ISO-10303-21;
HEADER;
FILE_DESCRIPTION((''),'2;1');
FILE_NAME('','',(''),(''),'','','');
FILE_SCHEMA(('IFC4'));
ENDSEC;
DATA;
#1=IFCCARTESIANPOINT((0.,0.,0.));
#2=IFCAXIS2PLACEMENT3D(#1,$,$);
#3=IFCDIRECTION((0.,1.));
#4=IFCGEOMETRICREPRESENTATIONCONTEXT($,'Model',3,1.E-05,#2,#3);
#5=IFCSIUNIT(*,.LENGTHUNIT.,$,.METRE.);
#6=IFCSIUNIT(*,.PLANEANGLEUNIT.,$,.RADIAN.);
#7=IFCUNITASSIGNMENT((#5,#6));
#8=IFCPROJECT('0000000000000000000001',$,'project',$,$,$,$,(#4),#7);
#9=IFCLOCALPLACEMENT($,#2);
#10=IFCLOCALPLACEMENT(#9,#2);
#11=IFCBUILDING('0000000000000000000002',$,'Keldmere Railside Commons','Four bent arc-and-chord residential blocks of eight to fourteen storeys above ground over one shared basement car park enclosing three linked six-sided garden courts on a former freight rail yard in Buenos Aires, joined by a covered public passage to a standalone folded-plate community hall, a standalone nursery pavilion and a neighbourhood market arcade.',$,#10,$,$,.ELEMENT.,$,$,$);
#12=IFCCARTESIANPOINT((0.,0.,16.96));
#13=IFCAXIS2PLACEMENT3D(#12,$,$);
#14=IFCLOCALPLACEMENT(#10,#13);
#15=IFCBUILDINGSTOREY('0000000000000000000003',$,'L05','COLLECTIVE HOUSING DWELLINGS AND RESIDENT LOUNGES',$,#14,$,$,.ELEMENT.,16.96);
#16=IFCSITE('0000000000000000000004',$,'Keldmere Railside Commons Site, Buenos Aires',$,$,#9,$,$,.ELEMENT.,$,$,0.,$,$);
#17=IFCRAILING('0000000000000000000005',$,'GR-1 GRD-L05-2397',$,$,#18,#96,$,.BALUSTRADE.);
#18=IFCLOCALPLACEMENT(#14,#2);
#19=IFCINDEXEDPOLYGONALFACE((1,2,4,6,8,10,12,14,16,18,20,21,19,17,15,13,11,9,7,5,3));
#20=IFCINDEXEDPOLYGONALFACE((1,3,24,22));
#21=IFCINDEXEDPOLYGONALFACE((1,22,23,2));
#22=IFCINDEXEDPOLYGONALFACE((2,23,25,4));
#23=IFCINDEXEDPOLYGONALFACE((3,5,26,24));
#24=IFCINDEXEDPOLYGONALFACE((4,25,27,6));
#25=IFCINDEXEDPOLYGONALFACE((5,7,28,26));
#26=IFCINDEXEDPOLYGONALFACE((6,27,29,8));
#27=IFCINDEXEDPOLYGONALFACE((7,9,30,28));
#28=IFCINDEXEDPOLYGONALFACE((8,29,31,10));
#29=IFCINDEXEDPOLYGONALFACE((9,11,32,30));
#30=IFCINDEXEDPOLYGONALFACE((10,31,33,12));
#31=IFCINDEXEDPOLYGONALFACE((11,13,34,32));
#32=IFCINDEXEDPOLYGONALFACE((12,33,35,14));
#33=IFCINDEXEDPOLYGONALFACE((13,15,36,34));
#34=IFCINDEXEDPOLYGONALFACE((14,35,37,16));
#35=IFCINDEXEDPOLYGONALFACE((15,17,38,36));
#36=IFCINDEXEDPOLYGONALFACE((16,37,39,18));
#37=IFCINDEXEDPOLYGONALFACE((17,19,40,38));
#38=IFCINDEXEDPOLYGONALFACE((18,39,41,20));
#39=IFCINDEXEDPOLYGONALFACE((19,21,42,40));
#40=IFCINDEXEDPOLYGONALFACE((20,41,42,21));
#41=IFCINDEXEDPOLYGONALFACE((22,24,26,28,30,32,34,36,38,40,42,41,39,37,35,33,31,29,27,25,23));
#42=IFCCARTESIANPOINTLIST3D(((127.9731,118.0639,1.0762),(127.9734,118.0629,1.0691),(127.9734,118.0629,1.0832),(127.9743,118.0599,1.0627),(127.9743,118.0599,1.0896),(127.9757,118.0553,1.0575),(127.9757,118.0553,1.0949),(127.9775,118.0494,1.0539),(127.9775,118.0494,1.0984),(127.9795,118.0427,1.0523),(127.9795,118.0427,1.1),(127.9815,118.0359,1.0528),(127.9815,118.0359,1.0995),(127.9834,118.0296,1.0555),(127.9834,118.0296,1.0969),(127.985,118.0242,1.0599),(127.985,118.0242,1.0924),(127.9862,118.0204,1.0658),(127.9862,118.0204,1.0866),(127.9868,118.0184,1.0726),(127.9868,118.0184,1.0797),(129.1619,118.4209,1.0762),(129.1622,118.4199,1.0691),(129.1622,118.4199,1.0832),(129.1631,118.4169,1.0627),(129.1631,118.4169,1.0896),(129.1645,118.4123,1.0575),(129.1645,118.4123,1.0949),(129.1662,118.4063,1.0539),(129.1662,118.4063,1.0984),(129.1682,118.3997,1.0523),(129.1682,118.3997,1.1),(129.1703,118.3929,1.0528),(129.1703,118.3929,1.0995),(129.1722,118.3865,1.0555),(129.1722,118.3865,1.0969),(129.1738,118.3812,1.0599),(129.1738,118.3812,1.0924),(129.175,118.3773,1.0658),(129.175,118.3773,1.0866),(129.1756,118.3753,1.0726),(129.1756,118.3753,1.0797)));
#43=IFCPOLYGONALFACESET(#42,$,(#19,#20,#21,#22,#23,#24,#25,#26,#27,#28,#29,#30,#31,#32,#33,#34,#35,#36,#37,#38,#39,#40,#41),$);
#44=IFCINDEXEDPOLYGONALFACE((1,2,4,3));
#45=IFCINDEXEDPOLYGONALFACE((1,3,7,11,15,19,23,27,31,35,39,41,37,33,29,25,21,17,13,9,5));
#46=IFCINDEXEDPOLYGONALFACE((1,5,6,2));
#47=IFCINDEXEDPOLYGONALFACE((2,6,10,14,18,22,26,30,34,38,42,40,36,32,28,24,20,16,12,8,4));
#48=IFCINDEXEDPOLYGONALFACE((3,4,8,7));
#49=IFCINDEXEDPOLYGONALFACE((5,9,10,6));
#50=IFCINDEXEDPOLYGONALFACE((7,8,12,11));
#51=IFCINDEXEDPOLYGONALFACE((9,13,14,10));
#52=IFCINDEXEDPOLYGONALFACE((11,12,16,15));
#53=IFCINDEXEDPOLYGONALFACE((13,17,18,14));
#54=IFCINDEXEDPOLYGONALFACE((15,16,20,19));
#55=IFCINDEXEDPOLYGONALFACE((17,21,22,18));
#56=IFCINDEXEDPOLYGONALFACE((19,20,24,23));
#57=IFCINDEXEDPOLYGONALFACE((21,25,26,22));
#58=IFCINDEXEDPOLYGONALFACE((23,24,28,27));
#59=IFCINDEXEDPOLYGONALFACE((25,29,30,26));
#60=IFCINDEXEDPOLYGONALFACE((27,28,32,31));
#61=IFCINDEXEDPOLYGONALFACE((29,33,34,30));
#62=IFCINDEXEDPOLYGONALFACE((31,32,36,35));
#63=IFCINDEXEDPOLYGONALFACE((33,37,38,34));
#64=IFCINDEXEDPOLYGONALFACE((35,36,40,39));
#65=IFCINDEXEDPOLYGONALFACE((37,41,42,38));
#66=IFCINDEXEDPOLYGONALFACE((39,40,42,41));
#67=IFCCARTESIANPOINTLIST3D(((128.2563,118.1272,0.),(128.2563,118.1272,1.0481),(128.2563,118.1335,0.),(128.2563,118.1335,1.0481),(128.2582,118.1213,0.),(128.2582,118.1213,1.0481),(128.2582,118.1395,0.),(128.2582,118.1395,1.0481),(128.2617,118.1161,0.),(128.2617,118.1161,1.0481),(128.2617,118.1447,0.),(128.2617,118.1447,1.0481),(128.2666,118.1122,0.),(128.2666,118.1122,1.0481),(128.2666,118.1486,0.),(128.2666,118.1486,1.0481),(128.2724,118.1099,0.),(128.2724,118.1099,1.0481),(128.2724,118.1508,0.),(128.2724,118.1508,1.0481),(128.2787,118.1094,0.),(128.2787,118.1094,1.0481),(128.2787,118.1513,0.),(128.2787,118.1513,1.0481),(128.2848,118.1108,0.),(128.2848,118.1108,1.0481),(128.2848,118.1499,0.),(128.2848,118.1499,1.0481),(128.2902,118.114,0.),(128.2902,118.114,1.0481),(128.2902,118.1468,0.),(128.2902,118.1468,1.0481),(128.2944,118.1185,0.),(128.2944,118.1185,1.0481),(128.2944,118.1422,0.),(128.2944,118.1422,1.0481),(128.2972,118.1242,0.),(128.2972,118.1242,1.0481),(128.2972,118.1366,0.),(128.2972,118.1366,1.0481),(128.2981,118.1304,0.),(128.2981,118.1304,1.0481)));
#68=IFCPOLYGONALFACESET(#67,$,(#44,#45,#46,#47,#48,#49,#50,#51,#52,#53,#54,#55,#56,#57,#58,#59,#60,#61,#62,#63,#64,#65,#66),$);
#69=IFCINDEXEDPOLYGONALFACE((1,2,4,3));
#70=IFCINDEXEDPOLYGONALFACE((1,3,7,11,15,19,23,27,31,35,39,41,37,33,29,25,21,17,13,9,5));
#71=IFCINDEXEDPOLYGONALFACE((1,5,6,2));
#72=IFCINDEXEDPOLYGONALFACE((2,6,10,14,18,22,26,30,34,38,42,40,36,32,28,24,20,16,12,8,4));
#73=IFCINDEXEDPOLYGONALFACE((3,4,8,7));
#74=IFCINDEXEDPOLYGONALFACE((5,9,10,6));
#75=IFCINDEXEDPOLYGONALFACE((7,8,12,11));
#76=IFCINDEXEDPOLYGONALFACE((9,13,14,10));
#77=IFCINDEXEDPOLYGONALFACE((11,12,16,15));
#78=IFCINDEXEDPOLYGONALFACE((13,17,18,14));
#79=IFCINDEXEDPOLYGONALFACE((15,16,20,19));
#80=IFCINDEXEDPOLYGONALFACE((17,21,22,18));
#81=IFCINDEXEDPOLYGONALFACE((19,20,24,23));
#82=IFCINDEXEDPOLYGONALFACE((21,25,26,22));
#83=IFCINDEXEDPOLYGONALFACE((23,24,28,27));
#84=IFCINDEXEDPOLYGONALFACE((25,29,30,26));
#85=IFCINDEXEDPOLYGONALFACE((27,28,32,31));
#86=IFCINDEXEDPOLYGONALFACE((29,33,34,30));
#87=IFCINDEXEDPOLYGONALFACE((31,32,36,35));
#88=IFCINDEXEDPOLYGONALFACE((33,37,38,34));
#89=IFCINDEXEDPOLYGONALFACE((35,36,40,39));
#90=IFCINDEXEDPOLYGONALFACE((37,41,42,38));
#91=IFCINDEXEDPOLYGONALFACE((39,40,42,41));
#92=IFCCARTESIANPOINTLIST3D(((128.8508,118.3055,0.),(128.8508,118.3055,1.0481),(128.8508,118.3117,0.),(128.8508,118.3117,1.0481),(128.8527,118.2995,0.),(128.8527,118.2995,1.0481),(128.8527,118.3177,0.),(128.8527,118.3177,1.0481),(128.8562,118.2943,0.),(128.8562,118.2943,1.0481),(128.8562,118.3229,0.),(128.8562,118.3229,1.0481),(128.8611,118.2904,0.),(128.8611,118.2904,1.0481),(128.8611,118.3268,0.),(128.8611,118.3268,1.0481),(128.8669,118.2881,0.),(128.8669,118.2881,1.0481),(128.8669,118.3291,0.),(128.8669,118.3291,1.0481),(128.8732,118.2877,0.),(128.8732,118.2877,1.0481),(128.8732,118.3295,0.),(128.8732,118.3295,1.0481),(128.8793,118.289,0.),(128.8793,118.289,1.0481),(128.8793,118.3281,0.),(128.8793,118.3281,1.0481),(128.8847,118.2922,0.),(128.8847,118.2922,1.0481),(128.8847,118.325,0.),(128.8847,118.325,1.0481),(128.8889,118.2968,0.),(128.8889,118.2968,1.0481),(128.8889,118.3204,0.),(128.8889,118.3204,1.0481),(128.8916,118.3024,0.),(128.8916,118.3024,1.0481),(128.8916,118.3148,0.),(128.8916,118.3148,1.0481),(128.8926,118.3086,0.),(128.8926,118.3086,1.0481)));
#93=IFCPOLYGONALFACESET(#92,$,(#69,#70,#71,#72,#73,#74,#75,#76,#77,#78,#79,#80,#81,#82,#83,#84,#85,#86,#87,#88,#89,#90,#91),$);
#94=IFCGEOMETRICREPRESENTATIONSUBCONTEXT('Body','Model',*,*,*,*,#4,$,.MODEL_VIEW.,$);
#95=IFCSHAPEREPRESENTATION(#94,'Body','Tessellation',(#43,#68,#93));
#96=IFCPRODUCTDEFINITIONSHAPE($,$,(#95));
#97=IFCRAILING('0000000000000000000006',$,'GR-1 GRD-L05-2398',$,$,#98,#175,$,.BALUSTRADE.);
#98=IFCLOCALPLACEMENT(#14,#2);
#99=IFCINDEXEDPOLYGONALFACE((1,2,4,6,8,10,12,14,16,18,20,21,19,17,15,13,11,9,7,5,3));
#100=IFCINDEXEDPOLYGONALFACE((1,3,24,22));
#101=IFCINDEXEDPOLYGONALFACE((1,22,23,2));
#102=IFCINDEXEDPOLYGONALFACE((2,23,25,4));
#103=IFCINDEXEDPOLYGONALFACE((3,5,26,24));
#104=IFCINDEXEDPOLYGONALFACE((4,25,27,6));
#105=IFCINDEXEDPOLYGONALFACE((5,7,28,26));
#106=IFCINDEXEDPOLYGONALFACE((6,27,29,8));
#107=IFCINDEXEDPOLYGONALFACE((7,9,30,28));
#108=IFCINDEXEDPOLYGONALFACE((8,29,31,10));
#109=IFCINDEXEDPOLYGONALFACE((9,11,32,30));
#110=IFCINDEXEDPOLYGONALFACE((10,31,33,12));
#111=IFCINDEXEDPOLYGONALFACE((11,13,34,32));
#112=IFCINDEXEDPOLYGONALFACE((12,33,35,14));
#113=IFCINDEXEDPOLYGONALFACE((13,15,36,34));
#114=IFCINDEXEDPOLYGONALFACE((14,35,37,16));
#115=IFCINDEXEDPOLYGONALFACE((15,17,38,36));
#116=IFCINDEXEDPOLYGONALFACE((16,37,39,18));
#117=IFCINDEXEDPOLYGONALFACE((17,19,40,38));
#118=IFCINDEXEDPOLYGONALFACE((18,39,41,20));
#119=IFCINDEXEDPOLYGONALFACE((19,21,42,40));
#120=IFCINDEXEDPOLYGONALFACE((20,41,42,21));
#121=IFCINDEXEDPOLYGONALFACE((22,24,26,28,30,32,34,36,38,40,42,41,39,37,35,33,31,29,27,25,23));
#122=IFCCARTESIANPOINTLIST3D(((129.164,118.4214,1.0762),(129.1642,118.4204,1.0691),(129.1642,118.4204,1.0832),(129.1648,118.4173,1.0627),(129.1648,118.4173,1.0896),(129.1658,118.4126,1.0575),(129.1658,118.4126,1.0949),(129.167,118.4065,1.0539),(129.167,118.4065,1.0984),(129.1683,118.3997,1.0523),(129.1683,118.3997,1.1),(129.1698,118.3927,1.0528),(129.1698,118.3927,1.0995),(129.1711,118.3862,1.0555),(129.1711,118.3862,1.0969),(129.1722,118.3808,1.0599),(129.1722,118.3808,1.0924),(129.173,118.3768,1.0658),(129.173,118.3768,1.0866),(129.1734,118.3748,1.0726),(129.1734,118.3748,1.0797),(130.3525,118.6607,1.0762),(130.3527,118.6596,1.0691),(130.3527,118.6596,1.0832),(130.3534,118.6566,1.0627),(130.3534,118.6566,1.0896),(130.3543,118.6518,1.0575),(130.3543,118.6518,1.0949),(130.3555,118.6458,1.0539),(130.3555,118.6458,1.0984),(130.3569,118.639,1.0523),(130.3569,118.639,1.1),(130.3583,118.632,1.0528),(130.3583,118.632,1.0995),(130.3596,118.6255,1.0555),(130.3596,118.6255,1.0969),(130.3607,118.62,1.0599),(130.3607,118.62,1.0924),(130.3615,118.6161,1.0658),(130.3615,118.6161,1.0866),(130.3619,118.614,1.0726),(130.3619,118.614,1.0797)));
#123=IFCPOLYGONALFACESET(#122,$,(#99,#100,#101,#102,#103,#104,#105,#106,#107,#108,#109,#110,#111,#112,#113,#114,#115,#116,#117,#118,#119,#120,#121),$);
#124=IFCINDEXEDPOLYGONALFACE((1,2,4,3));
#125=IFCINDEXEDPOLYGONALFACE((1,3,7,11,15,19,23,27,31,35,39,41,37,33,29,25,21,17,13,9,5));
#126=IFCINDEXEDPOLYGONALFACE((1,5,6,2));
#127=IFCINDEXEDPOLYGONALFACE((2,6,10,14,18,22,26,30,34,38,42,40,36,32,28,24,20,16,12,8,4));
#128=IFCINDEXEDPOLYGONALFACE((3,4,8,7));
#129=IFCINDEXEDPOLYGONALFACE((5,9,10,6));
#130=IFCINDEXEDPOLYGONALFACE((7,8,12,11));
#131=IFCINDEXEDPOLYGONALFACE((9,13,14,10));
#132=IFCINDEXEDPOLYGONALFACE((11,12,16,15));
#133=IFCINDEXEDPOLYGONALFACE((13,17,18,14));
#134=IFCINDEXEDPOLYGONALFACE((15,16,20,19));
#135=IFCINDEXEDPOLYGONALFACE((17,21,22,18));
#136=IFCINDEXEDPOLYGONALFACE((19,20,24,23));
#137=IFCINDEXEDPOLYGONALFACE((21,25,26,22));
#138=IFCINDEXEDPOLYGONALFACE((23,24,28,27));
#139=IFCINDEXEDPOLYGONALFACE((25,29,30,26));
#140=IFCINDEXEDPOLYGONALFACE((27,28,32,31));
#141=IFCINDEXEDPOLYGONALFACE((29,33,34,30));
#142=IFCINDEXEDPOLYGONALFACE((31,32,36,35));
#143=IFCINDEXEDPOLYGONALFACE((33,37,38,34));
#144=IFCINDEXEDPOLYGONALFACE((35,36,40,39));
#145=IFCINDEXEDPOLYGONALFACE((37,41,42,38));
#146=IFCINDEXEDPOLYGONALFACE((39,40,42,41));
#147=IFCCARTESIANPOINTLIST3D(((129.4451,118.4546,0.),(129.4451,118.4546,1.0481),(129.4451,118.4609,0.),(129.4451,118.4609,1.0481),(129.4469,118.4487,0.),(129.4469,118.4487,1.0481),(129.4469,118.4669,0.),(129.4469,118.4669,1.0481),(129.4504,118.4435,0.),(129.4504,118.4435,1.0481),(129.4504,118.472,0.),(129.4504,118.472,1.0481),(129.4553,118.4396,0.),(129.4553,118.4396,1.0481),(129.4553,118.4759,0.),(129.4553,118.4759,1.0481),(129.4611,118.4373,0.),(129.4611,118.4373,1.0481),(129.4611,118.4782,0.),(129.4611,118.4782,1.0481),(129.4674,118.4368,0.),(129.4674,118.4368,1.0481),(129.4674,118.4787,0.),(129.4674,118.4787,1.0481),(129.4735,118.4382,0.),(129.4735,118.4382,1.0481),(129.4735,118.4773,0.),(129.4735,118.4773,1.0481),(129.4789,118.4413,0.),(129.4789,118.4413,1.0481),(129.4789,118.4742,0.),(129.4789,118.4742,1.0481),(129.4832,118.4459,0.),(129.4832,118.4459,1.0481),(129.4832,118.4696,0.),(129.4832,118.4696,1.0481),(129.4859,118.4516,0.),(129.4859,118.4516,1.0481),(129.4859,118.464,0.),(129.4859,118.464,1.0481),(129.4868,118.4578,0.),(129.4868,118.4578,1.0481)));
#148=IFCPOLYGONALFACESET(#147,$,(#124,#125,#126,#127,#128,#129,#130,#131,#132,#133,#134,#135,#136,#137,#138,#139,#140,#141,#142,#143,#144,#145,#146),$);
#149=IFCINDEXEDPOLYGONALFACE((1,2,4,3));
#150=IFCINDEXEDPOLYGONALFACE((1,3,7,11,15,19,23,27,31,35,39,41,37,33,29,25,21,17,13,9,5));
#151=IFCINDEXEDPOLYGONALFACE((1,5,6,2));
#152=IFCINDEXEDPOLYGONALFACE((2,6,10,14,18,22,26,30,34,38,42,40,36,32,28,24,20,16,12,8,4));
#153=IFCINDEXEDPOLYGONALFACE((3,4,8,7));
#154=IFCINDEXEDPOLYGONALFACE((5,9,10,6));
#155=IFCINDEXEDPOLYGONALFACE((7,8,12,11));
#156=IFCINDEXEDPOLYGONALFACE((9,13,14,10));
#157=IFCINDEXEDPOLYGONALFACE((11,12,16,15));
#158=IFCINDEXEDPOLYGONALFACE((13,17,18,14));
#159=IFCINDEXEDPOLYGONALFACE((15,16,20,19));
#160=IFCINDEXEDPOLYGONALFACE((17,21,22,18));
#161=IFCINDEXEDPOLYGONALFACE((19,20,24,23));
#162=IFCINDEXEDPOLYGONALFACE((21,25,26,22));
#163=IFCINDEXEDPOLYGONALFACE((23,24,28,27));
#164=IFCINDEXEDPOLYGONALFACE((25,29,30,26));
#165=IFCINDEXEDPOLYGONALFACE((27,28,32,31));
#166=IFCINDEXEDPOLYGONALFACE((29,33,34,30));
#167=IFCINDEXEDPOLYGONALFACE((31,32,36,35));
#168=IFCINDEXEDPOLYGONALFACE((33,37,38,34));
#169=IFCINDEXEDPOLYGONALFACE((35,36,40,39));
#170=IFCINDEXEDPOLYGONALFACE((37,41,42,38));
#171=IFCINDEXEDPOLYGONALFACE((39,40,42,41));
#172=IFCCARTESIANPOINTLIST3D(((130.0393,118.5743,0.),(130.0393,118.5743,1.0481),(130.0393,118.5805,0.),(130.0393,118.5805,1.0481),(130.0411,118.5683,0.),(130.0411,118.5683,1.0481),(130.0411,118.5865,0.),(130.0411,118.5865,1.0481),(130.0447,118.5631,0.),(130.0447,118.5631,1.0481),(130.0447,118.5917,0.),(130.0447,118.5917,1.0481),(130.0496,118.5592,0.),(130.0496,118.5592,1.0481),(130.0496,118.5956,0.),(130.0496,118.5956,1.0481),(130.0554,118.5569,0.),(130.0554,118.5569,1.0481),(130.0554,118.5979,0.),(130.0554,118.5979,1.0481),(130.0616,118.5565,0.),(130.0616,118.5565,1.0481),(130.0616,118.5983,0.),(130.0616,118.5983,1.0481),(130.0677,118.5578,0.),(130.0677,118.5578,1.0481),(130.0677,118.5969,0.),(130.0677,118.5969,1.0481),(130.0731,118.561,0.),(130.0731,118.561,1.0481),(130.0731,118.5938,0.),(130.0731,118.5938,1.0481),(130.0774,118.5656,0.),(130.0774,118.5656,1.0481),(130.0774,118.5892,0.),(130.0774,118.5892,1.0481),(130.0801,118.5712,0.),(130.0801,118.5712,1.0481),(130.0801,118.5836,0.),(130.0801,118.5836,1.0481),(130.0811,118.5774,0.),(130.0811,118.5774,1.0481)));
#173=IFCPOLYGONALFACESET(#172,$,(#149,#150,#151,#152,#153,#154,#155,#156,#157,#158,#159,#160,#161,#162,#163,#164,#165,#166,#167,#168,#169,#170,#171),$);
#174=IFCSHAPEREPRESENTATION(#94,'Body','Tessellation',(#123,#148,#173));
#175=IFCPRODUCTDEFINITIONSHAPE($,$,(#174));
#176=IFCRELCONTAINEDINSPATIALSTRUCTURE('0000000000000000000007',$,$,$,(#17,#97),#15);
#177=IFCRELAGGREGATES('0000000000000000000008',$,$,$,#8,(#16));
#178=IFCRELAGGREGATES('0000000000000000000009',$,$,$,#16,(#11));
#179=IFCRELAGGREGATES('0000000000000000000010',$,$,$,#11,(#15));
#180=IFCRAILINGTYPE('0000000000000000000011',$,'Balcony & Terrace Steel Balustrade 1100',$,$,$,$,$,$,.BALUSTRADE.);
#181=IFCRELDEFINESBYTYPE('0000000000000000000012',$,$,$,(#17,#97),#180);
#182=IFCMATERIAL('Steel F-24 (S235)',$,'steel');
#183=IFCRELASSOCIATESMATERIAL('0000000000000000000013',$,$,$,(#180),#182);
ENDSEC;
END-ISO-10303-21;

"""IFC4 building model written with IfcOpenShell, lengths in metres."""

from ifc_helpers import new_model, si_unit, direction, frame, origin, origin_2d, place, context, subcontext, project, spatial, circle, extrude, material, type_object, element, save


model = new_model("IFC4")

# Units and contexts
model_context = context("Model", 3, precision=1e-05, world=origin(), true_north=direction((0.0, 1.0)))
body_context = subcontext(model_context, "Body", "Model", "MODEL_VIEW")
ifc_project = project(units=[si_unit("LENGTHUNIT", "METRE"), si_unit("PLANEANGLEUNIT", "RADIAN")], contexts=[model_context])

# Site, building, storey
site_placement = place(None, origin())
site = spatial("IfcSite", under=ifc_project, at=site_placement, Name="Keldmere Railside Commons Site, Buenos Aires", CompositionType="ELEMENT", RefElevation=0.0)
building_placement = place(site_placement, origin())
building = spatial("IfcBuilding", under=site, at=building_placement, Name="Keldmere Railside Commons", Description="Four bent arc-and-chord residential blocks of eight to fourteen storeys above ground over one shared basement car park enclosing three linked six-sided garden courts on a former freight rail yard in Buenos Aires, joined by a covered public passage to a standalone folded-plate community hall, a standalone nursery pavilion and a neighbourhood market arcade.", CompositionType="ELEMENT")
storey_placement = place(building_placement, frame((0.0, 0.0, 16.96)))
storey = spatial("IfcBuildingStorey", under=building, at=storey_placement, Name="L05", Description="COLLECTIVE HOUSING DWELLINGS AND RESIDENT LOUNGES", CompositionType="ELEMENT", Elevation=16.96)

# Railings
ifc_material_1 = material(Name="Steel F-24 (S235)", Category="steel")
railing_type = type_object("IfcRailingType", Name="Balcony & Terrace Steel Balustrade 1100", PredefinedType="BALUSTRADE", material=ifc_material_1)
railing_1_placement = place(storey_placement, frame((127.98, 118.041, 0.0)))
element("IfcRailing", 1, at=railing_1_placement, inside=storey, type_object=railing_type, Name="GR-1 GRD-L05-2397", PredefinedType="BALUSTRADE", context=body_context, shape_type="SweptSolid", body=[
    extrude(circle(Radius=0.0239, at=origin_2d()), frame((0.0, 0.0, 1.0762), z_axis=(0.957756, 0.287582, 0.0), x_axis=(-0.287582, 0.957756, 0.0)), (0.0, 0.0, 1.0), 1.2412),
    extrude(circle(Radius=0.021, at=origin_2d()), frame((0.2971, 0.0894, 0.0)), (0.0, 0.0, 1.0), 1.0481),
    extrude(circle(Radius=0.021, at=origin_2d()), frame((0.8916, 0.2676, 0.0)), (0.0, 0.0, 1.0), 1.0481),
])
railing_2_placement = place(storey_placement, frame((129.1687, 118.3979, 0.0)))
element("IfcRailing", 2, at=railing_2_placement, inside=storey, type_object=railing_type, Name="GR-1 GRD-L05-2398", PredefinedType="BALUSTRADE", context=body_context, shape_type="SweptSolid", body=[
    extrude(circle(Radius=0.0239, at=origin_2d()), frame((0.0, 0.0, 1.0762), z_axis=(0.980332, 0.197355, 0.0), x_axis=(-0.197355, 0.980332, 0.0)), (0.0, 0.0, 1.0), 1.2124),
    extrude(circle(Radius=0.021, at=origin_2d()), frame((0.2971, 0.0598, 0.0)), (0.0, 0.0, 1.0), 1.0481),
    extrude(circle(Radius=0.021, at=origin_2d()), frame((0.8914, 0.1794, 0.0)), (0.0, 0.0, 1.0), 1.0481),
])

save(model, "model.ifc")
